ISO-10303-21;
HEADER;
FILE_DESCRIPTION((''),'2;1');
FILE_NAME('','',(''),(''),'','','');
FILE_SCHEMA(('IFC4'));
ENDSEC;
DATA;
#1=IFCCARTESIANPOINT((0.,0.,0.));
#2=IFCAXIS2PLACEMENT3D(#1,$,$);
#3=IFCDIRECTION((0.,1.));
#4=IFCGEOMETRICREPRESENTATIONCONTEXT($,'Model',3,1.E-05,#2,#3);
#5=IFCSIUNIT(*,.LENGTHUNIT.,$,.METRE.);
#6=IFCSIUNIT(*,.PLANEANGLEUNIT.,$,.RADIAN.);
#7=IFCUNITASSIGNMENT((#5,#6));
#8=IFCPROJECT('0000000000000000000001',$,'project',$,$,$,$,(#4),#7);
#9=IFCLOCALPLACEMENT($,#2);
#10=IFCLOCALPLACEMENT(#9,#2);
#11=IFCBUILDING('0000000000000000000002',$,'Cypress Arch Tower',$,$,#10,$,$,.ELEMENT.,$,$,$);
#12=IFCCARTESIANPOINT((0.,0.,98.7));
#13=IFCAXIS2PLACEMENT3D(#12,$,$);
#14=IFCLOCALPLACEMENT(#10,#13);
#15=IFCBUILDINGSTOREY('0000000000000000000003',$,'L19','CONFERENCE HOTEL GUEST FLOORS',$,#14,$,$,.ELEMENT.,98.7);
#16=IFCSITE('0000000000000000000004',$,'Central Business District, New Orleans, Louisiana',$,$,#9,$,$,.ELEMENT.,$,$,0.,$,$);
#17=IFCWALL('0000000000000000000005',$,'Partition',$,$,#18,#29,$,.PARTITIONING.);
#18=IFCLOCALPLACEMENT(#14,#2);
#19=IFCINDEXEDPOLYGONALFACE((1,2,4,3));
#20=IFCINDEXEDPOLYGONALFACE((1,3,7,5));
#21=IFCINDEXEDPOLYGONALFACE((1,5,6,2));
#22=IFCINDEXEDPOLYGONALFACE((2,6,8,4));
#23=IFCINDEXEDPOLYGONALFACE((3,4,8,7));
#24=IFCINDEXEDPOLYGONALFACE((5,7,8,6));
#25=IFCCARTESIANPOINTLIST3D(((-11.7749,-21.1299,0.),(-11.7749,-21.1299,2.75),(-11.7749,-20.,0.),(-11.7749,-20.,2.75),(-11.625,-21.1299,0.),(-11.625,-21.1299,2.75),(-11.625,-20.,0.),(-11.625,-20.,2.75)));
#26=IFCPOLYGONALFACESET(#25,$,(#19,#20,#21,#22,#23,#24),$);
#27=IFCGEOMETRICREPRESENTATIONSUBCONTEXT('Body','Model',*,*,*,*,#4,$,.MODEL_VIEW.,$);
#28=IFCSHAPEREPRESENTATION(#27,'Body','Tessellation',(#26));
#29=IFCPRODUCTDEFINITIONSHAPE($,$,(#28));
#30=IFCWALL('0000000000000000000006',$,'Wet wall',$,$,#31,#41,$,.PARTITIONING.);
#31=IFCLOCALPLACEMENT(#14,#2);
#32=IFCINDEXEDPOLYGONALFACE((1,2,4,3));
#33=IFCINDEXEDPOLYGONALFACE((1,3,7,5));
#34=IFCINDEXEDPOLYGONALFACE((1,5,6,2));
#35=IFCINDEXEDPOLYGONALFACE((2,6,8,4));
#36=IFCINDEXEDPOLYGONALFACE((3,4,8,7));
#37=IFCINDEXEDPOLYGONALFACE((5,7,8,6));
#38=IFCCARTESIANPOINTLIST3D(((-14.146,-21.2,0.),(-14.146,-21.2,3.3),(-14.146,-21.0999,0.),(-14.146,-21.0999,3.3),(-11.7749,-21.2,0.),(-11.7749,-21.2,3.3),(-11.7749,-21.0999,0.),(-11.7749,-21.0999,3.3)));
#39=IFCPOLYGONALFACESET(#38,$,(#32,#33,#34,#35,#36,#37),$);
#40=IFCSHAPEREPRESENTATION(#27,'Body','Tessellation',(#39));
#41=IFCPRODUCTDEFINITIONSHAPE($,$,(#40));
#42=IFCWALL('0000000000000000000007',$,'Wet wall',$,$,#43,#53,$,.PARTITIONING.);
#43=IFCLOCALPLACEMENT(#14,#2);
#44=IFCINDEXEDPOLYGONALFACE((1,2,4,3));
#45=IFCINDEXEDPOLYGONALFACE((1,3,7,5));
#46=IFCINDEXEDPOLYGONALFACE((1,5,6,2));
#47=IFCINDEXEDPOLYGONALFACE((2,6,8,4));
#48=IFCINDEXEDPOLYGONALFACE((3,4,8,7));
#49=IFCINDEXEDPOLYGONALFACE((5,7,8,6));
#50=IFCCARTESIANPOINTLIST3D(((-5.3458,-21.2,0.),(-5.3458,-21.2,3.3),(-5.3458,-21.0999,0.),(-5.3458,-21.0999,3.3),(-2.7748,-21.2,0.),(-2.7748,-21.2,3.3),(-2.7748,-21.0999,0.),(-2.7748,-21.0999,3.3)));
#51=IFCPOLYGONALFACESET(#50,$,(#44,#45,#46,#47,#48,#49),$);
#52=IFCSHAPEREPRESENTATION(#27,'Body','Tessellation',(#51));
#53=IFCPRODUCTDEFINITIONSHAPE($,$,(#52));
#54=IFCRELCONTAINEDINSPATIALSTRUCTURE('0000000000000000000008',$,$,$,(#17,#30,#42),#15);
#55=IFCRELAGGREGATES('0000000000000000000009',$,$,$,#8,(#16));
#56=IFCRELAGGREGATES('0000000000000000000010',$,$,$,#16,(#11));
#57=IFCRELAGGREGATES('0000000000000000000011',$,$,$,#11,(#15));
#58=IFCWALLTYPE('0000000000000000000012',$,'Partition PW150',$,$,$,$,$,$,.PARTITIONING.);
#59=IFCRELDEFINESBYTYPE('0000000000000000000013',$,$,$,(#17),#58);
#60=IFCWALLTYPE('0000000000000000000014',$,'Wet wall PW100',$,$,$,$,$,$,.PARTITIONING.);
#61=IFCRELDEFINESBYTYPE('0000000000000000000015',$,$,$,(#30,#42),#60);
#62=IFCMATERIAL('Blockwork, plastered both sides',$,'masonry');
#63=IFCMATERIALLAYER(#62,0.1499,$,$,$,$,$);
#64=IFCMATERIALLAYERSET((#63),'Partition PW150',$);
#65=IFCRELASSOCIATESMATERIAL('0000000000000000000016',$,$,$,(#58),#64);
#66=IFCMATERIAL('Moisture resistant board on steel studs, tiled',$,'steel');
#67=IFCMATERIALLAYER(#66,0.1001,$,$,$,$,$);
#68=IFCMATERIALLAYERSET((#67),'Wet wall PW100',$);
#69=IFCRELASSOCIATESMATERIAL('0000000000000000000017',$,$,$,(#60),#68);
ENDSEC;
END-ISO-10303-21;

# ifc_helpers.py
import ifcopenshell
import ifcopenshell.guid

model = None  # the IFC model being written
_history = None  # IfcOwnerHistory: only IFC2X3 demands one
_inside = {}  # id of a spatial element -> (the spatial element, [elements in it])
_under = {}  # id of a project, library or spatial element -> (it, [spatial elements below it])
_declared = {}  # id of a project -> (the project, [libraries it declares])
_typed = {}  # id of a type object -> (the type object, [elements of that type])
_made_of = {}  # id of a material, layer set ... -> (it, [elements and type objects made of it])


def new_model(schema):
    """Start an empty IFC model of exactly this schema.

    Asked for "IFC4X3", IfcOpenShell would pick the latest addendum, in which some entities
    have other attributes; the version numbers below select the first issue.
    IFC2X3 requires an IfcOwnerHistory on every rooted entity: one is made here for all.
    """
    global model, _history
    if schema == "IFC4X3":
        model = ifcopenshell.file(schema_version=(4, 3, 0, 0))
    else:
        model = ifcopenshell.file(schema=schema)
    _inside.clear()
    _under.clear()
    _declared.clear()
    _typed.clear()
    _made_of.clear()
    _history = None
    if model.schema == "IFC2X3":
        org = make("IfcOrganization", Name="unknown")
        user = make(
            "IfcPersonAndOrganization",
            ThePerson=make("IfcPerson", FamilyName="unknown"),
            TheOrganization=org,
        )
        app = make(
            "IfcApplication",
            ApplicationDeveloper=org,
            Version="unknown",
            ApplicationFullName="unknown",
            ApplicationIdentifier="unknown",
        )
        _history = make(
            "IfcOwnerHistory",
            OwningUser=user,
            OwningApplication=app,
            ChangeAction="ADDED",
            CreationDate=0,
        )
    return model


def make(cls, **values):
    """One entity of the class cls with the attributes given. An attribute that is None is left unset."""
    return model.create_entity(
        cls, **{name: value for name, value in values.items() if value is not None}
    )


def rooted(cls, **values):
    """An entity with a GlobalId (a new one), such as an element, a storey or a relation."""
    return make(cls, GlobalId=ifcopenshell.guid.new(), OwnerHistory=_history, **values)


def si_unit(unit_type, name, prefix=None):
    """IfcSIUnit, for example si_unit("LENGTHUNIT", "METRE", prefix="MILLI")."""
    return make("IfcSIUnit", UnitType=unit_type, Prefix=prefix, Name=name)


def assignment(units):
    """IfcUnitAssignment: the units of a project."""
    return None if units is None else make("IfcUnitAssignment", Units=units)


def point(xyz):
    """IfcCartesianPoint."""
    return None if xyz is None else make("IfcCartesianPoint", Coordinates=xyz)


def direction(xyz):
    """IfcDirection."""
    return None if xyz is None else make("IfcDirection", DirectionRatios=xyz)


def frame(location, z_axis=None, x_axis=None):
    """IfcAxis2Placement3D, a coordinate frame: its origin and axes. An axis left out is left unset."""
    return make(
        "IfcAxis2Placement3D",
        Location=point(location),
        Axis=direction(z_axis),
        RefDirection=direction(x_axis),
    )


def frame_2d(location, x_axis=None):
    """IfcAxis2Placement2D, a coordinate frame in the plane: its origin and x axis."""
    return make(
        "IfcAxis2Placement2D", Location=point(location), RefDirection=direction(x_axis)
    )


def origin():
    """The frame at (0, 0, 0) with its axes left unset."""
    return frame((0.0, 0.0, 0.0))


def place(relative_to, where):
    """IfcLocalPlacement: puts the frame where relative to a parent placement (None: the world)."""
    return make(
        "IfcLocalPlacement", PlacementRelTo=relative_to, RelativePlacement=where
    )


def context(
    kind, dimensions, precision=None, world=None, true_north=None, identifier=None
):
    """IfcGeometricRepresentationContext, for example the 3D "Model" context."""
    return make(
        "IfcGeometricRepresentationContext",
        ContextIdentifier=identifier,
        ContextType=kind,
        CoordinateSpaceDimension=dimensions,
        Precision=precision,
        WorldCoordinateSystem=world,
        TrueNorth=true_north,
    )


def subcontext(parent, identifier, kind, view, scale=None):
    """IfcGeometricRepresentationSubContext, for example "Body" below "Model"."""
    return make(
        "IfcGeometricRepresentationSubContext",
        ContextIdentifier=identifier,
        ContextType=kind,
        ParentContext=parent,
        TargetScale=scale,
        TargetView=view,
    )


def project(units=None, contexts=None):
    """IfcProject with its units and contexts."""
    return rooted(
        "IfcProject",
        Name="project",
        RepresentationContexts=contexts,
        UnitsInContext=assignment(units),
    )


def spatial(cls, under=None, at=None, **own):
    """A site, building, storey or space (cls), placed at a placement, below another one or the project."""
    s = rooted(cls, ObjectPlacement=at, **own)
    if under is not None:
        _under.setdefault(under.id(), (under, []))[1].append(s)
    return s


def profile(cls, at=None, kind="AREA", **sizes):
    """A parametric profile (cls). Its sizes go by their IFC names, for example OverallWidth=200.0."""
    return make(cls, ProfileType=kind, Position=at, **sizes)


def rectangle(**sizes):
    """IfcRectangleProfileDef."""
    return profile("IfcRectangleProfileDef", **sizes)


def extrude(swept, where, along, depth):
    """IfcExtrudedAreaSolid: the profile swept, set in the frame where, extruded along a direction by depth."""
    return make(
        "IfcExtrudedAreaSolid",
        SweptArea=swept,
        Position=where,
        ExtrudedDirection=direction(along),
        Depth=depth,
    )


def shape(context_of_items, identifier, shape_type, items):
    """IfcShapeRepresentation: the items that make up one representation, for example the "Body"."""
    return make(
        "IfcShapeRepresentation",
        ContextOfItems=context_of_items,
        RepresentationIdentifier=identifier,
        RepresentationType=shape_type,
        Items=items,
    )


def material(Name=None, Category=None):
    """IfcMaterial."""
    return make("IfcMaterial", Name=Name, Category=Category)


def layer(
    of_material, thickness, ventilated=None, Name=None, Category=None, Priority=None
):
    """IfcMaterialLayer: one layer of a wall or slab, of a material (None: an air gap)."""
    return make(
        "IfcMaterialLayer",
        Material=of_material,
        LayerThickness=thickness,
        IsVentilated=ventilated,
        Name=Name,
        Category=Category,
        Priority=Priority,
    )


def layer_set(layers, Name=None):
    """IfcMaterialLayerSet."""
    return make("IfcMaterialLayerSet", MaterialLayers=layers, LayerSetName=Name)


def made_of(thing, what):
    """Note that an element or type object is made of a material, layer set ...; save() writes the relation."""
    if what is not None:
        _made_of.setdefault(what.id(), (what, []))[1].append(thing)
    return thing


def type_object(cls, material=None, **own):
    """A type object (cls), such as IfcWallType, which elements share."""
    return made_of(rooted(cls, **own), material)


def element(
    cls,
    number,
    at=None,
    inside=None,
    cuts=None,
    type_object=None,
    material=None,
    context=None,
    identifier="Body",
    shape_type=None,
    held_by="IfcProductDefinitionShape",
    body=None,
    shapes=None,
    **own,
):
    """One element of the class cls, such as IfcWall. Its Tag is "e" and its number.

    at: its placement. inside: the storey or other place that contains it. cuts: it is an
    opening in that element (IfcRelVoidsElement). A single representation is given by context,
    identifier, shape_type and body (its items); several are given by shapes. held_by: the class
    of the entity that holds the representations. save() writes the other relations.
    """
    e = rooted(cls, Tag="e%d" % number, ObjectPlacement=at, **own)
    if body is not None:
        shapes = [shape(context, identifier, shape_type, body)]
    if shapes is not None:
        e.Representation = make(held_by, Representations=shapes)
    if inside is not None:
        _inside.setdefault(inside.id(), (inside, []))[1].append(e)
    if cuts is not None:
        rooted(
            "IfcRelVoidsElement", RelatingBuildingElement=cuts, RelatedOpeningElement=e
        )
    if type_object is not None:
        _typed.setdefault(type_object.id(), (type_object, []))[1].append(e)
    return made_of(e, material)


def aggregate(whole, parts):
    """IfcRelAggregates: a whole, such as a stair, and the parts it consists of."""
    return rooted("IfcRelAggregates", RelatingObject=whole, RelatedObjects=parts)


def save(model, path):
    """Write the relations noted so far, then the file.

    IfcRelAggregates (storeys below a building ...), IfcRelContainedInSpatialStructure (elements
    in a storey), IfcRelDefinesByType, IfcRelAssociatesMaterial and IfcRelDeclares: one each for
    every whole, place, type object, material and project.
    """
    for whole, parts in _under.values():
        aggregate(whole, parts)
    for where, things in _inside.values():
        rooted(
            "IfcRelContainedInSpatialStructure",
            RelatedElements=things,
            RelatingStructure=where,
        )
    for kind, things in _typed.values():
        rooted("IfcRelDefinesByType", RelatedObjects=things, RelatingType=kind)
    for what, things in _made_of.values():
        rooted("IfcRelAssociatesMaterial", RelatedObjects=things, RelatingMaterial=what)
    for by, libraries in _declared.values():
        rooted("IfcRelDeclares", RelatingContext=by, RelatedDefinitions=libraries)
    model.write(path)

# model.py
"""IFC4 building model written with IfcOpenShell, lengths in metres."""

from ifc_helpers import new_model, si_unit, direction, frame, frame_2d, origin, place, context, subcontext, project, spatial, rectangle, extrude, material, layer, layer_set, type_object, element, save


model = new_model("IFC4")

# Units and contexts
model_context = context("Model", 3, precision=1e-05, world=origin(), true_north=direction((0.0, 1.0)))
body_context = subcontext(model_context, "Body", "Model", "MODEL_VIEW")
ifc_project = project(units=[si_unit("LENGTHUNIT", "METRE"), si_unit("PLANEANGLEUNIT", "RADIAN")], contexts=[model_context])

# Site, building, storey
site_placement = place(None, origin())
site = spatial("IfcSite", under=ifc_project, at=site_placement, Name="Central Business District, New Orleans, Louisiana", CompositionType="ELEMENT", RefElevation=0.0)
building_placement = place(site_placement, origin())
building = spatial("IfcBuilding", under=site, at=building_placement, Name="Cypress Arch Tower", CompositionType="ELEMENT")
storey_placement = place(building_placement, frame((0.0, 0.0, 98.7)))
storey = spatial("IfcBuildingStorey", under=building, at=storey_placement, Name="L19", Description="CONFERENCE HOTEL GUEST FLOORS", CompositionType="ELEMENT", Elevation=98.7)

# Walls
ifc_material_1 = material(Name="Blockwork, plastered both sides", Category="masonry")
ifc_layer_1 = layer(ifc_material_1, 0.1499)
ifc_layer_set_1 = layer_set([ifc_layer_1], Name="Partition PW150")
wall_type_1 = type_object("IfcWallType", Name="Partition PW150", PredefinedType="PARTITIONING", material=ifc_layer_set_1)
wall_1_placement = place(storey_placement, frame((-11.7, -21.1299, 0.0), z_axis=(0.0, 0.0, 1.0), x_axis=(0.0, 1.0, 0.0)))
element("IfcWall", 1, at=wall_1_placement, inside=storey, type_object=wall_type_1, Name="Partition", PredefinedType="PARTITIONING", context=body_context, shape_type="SweptSolid", body=[
    extrude(rectangle(XDim=1.1299, YDim=0.1499, at=frame_2d((0.5649, 0.0))), origin(), (0.0, 0.0, 1.0), 2.75),
])
ifc_material_2 = material(Name="Moisture resistant board on steel studs, tiled", Category="steel")
ifc_layer_2 = layer(ifc_material_2, 0.1001)
ifc_layer_set_2 = layer_set([ifc_layer_2], Name="Wet wall PW100")
wall_type_2 = type_object("IfcWallType", Name="Wet wall PW100", PredefinedType="PARTITIONING", material=ifc_layer_set_2)
wall_2_placement = place(storey_placement, frame((-14.146, -21.1499, 0.0), z_axis=(0.0, 0.0, 1.0), x_axis=(1.0, 0.0, 0.0)))
element("IfcWall", 2, at=wall_2_placement, inside=storey, type_object=wall_type_2, Name="Wet wall", PredefinedType="PARTITIONING", context=body_context, shape_type="SweptSolid", body=[
    extrude(rectangle(XDim=2.3711, YDim=0.1001, at=frame_2d((1.1855, 0.0))), origin(), (0.0, 0.0, 1.0), 3.3),
])
wall_3_placement = place(storey_placement, frame((-5.3459, -21.1499, 0.0), z_axis=(0.0, 0.0, 1.0), x_axis=(1.0, 0.0, 0.0)))
element("IfcWall", 3, at=wall_3_placement, inside=storey, type_object=wall_type_2, Name="Wet wall", PredefinedType="PARTITIONING", context=body_context, shape_type="SweptSolid", body=[
    extrude(rectangle(XDim=2.571, YDim=0.1001, at=frame_2d((1.2856, 0.0))), origin(), (0.0, 0.0, 1.0), 3.3),
])

save(model, "model.ifc")
